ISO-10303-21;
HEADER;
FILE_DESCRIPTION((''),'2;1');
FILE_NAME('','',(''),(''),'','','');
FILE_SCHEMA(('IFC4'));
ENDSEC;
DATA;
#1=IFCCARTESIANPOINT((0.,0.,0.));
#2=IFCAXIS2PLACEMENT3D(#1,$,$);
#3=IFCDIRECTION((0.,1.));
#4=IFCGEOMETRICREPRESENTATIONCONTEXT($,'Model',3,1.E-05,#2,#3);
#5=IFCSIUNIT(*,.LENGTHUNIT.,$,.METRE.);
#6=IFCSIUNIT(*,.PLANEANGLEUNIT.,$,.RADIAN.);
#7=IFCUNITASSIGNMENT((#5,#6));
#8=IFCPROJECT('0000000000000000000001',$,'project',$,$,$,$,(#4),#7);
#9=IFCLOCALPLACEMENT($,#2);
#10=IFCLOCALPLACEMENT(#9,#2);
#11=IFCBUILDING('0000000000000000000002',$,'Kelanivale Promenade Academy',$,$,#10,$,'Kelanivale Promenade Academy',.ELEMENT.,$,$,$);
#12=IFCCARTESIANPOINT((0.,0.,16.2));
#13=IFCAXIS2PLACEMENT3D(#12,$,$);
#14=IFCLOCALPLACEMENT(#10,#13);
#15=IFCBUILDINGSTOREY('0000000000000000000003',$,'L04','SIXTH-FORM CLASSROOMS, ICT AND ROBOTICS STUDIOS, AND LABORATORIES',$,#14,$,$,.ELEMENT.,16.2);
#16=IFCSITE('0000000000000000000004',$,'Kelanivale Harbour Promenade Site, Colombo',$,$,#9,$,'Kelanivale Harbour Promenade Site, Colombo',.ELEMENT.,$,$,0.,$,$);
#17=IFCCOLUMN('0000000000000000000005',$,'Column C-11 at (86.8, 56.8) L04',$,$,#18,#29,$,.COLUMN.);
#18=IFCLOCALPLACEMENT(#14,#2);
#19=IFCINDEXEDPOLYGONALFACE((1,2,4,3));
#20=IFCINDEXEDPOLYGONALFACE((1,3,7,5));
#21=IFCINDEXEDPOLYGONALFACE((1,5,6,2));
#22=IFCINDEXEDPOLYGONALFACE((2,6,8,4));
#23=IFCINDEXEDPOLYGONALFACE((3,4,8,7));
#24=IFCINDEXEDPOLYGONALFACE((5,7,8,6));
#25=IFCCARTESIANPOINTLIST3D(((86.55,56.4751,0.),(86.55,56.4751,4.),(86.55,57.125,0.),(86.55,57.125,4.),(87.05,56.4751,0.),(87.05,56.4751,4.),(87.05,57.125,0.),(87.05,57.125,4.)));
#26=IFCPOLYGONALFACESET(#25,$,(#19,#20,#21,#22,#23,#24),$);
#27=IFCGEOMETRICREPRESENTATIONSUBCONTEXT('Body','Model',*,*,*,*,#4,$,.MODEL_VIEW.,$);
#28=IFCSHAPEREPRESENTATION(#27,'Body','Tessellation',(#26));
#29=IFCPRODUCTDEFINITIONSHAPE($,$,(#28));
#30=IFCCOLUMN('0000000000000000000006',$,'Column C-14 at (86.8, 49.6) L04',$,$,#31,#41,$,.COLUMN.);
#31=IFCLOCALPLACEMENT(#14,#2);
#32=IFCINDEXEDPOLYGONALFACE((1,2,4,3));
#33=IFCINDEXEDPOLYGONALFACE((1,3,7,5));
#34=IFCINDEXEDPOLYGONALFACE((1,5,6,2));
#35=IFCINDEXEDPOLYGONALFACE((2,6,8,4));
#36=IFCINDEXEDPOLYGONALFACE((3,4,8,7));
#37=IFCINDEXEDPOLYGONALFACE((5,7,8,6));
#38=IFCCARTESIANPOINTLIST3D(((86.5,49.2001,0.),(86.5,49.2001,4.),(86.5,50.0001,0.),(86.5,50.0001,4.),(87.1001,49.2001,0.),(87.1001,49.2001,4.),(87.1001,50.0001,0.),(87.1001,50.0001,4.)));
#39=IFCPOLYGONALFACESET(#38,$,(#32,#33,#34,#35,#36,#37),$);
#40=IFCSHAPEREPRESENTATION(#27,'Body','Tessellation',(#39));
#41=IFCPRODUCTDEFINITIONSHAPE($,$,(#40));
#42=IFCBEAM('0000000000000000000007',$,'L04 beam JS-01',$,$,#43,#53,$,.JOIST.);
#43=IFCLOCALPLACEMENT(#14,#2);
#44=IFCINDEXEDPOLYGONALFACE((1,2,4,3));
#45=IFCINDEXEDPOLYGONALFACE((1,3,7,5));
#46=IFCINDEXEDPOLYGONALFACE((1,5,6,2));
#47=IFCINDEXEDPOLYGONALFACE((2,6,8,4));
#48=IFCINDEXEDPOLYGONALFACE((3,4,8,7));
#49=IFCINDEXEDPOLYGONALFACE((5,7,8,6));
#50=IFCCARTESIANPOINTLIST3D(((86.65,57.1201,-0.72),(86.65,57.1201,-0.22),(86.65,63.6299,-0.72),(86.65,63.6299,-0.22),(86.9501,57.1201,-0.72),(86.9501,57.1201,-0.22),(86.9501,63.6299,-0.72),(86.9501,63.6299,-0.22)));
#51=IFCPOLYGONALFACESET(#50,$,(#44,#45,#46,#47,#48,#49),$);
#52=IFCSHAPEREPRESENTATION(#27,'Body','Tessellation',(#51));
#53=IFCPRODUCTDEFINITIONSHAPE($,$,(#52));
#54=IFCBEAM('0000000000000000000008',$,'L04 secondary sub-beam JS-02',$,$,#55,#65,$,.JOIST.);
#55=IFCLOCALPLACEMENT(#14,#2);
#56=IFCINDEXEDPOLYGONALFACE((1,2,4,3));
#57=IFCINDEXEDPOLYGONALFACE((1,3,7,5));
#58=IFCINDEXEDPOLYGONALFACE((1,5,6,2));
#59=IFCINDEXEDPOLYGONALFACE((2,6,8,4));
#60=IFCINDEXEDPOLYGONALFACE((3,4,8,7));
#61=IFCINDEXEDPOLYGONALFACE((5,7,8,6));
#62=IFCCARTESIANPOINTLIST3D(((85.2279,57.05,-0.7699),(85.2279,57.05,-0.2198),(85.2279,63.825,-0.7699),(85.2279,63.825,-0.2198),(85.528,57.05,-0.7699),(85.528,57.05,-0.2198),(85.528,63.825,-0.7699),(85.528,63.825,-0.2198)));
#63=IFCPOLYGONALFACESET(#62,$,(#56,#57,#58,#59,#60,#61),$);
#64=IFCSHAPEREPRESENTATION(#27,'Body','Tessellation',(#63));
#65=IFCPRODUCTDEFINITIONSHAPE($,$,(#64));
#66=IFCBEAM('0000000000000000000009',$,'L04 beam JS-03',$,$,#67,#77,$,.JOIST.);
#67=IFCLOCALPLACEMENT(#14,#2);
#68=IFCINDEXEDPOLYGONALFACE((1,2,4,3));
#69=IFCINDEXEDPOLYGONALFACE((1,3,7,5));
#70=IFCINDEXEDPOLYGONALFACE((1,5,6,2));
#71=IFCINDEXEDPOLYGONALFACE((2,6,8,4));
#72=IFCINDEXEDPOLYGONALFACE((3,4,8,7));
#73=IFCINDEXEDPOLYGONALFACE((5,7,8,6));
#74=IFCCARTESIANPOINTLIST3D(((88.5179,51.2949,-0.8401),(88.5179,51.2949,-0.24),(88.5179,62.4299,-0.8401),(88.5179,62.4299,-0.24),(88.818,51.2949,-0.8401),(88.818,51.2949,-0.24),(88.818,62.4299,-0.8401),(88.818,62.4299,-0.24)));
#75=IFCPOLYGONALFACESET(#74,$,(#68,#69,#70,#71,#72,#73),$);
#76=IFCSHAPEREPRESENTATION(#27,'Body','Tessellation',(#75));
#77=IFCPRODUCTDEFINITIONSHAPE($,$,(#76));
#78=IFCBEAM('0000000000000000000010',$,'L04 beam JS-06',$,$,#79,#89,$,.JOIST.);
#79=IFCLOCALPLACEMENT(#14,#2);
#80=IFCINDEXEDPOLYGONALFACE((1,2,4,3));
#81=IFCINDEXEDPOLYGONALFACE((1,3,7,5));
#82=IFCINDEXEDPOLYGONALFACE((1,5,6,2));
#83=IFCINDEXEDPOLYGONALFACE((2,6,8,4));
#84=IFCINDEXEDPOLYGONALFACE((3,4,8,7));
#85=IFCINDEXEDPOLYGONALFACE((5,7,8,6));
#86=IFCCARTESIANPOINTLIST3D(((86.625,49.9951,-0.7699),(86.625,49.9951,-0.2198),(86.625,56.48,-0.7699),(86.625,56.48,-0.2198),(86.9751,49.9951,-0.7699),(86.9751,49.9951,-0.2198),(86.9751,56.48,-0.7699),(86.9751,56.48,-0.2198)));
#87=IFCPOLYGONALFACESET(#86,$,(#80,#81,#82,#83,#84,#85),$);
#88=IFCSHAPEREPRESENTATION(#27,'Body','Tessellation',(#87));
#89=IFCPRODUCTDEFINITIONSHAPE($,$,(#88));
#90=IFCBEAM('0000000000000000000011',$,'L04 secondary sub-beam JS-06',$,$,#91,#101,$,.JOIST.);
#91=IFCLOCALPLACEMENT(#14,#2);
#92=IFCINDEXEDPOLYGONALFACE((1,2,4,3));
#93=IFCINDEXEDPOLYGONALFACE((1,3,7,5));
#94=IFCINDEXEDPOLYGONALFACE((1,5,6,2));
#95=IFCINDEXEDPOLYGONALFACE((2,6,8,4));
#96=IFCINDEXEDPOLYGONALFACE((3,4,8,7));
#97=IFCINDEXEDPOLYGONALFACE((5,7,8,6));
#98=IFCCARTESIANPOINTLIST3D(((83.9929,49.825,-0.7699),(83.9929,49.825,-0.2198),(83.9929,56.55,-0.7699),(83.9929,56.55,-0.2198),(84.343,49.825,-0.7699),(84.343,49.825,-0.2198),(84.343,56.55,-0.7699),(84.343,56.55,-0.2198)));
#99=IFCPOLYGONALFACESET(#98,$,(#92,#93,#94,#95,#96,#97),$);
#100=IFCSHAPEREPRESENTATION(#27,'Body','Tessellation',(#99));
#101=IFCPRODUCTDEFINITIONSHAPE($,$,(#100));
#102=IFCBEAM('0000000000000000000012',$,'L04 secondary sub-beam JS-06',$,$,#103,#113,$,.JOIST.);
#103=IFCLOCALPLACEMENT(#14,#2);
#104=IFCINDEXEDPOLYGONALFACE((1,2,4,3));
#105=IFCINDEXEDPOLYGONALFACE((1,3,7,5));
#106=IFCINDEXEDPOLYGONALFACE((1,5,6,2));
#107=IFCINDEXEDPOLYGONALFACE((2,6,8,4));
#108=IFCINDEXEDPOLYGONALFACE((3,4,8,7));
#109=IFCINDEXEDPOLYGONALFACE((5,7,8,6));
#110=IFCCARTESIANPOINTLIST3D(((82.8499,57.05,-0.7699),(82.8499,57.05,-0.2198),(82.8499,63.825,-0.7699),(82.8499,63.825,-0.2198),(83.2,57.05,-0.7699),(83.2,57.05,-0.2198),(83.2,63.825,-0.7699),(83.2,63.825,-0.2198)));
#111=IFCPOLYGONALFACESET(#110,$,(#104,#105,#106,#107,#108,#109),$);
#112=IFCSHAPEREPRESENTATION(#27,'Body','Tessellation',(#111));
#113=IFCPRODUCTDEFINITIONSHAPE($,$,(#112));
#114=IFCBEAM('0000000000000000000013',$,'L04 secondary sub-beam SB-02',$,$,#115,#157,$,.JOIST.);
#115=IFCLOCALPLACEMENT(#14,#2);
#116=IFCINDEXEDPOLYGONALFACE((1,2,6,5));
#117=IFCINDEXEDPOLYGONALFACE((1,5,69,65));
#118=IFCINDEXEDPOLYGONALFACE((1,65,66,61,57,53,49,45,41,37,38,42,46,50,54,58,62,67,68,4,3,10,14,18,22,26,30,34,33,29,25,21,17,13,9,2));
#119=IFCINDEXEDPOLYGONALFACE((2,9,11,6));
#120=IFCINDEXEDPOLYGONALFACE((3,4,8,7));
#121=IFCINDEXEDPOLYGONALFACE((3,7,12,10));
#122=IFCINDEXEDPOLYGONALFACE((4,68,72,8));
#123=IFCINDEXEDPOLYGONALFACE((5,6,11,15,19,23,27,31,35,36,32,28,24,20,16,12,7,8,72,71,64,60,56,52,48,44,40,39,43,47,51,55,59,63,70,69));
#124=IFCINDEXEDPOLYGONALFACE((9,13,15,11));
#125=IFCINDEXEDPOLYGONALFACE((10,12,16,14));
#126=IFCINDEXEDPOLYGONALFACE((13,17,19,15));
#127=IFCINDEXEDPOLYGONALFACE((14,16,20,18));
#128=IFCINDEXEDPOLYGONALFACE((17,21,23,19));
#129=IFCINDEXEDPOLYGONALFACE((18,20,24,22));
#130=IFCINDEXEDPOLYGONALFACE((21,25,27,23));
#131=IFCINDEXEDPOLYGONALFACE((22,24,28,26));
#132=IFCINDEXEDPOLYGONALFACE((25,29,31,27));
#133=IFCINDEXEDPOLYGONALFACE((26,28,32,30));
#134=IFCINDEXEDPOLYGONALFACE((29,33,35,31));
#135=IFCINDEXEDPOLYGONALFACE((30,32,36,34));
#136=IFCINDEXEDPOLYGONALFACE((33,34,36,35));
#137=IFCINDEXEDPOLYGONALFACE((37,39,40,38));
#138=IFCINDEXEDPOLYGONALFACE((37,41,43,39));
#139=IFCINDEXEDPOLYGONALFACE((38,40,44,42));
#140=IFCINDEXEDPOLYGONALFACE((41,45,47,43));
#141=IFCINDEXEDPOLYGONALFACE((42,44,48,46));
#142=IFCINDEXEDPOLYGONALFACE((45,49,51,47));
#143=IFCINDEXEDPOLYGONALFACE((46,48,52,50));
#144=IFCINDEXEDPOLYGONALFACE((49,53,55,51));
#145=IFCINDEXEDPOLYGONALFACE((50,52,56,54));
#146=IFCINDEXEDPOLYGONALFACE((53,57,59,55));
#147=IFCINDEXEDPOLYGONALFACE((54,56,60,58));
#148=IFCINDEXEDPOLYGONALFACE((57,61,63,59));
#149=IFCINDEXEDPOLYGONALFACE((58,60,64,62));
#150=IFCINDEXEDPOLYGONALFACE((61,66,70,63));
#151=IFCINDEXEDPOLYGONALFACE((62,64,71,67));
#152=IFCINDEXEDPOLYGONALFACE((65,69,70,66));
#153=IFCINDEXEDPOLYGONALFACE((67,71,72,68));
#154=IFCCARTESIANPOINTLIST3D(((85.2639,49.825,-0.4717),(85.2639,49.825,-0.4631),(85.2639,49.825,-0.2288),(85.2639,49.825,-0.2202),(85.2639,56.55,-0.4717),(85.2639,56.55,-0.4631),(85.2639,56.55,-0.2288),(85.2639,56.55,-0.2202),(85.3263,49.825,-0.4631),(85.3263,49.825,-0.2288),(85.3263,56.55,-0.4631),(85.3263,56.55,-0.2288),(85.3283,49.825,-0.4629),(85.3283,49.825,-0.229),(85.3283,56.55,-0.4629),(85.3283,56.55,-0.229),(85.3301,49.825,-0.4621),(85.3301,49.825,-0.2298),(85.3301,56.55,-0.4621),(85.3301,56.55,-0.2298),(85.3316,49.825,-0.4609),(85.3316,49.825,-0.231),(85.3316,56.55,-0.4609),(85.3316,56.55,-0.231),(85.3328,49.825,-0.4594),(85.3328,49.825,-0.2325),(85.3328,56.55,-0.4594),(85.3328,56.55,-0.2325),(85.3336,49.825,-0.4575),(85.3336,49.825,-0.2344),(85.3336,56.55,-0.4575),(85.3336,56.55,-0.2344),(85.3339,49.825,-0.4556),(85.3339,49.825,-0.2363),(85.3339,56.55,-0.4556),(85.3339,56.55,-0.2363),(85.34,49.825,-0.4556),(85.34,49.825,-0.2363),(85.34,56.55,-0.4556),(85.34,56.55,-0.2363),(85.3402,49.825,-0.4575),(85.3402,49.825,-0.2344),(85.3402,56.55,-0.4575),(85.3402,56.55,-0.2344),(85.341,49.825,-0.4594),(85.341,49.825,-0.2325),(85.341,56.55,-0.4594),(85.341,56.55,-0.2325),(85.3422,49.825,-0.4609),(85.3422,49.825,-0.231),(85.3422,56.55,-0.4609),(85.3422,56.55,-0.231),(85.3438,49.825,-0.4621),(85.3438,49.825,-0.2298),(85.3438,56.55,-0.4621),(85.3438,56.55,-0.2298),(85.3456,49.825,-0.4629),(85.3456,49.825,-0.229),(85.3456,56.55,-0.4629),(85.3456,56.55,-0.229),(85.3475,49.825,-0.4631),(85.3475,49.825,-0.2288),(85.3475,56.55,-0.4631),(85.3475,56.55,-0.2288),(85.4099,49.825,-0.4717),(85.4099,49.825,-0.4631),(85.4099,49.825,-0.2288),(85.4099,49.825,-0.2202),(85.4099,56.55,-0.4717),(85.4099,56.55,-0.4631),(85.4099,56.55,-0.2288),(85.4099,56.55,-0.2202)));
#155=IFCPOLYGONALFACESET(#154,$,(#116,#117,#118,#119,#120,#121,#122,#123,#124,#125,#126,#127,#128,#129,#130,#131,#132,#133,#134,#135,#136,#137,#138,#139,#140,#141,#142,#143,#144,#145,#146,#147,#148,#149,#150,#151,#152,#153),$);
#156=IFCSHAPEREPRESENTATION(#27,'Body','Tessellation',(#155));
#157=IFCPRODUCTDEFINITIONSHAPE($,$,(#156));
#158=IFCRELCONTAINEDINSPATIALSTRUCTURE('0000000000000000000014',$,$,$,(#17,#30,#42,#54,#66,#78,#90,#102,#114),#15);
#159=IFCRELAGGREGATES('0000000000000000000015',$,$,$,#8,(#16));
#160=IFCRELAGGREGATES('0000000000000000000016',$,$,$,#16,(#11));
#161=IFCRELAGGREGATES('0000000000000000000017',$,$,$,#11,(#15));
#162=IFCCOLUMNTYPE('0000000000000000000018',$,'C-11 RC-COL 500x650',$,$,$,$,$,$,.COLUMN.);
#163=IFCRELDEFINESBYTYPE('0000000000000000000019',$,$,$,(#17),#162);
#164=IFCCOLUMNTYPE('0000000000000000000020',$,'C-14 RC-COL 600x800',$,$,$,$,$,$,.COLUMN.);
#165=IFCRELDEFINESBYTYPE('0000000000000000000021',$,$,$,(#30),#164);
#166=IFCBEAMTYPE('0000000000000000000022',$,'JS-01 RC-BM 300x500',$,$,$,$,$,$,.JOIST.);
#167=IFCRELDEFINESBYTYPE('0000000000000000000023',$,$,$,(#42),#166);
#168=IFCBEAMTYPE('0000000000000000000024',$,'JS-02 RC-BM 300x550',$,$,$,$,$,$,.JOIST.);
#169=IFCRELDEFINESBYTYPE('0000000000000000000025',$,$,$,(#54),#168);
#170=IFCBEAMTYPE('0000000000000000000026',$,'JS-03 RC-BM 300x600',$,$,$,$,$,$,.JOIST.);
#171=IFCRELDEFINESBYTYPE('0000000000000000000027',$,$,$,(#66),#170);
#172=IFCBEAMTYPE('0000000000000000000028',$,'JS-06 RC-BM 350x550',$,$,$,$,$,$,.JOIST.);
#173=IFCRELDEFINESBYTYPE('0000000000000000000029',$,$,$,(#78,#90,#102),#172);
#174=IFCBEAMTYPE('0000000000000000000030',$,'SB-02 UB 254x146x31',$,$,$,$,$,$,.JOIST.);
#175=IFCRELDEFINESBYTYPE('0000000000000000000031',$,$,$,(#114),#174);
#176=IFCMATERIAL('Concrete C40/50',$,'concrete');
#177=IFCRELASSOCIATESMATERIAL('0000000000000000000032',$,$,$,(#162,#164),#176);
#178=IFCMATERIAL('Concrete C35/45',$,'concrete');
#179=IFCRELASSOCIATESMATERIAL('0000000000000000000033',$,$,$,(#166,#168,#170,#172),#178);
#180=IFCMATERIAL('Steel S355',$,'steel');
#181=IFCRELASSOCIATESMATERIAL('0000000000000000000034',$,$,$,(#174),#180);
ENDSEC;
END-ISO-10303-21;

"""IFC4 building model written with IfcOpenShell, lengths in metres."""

from ifc_helpers import new_model, si_unit, direction, frame, origin, origin_2d, place, context, subcontext, project, spatial, rectangle, i_section, extrude, material, material_profile, profile_set, type_object, element, save


model = new_model("IFC4")

# Units and contexts
model_context = context("Model", 3, precision=1e-05, world=origin(), true_north=direction((0.0, 1.0)))
body_context = subcontext(model_context, "Body", "Model", "MODEL_VIEW")
ifc_project = project(units=[si_unit("LENGTHUNIT", "METRE"), si_unit("PLANEANGLEUNIT", "RADIAN")], contexts=[model_context])

# Site, building, storey
site_placement = place(None, origin())
site = spatial("IfcSite", under=ifc_project, at=site_placement, Name="Kelanivale Harbour Promenade Site, Colombo", LongName="Kelanivale Harbour Promenade Site, Colombo", CompositionType="ELEMENT", RefElevation=0.0)
building_placement = place(site_placement, origin())
building = spatial("IfcBuilding", under=site, at=building_placement, Name="Kelanivale Promenade Academy", LongName="Kelanivale Promenade Academy", CompositionType="ELEMENT")
storey_placement = place(building_placement, frame((0.0, 0.0, 16.2)))
storey = spatial("IfcBuildingStorey", under=building, at=storey_placement, Name="L04", Description="SIXTH-FORM CLASSROOMS, ICT AND ROBOTICS STUDIOS, AND LABORATORIES", CompositionType="ELEMENT", Elevation=16.2)

# Columns
ifc_material_1 = material(Name="Concrete C40/50", Category="concrete")
ifc_material_profile_1 = material_profile(ifc_material_1, rectangle(XDim=0.5, YDim=0.6499, at=origin_2d()), Name="RC-COL 500x650")
ifc_profile_set_1 = profile_set([ifc_material_profile_1], Name="Concrete C40/50")
column_type_1 = type_object("IfcColumnType", Name="C-11 RC-COL 500x650", PredefinedType="COLUMN", material=ifc_profile_set_1)
column_1_placement = place(storey_placement, frame((86.8, 56.8, 0.0), z_axis=(0.0, 0.0, 1.0), x_axis=(1.0, 0.0, 0.0)))
element("IfcColumn", 1, at=column_1_placement, inside=storey, type_object=column_type_1, Name="Column C-11 at (86.8, 56.8) L04", PredefinedType="COLUMN", context=body_context, shape_type="SweptSolid", body=[
    extrude(rectangle(XDim=0.5, YDim=0.6499, at=origin_2d()), origin(), (0.0, 0.0, 1.0), 4.0),
])
ifc_material_profile_2 = material_profile(ifc_material_1, rectangle(XDim=0.6001, YDim=0.8, at=origin_2d()), Name="RC-COL 600x800")
ifc_profile_set_2 = profile_set([ifc_material_profile_2], Name="Concrete C40/50")
column_type_2 = type_object("IfcColumnType", Name="C-14 RC-COL 600x800", PredefinedType="COLUMN", material=ifc_profile_set_2)
column_2_placement = place(storey_placement, frame((86.8, 49.6001, 0.0), z_axis=(0.0, 0.0, 1.0), x_axis=(1.0, 0.0, 0.0)))
element("IfcColumn", 2, at=column_2_placement, inside=storey, type_object=column_type_2, Name="Column C-14 at (86.8, 49.6) L04", PredefinedType="COLUMN", context=body_context, shape_type="SweptSolid", body=[
    extrude(rectangle(XDim=0.6001, YDim=0.8, at=origin_2d()), origin(), (0.0, 0.0, 1.0), 4.0),
])

# Beams
ifc_material_2 = material(Name="Concrete C35/45", Category="concrete")
ifc_material_profile_3 = material_profile(ifc_material_2, rectangle(XDim=0.3, YDim=0.5, at=origin_2d()), Name="RC-BM 300x500")
ifc_profile_set_3 = profile_set([ifc_material_profile_3], Name="Concrete C35/45")
beam_type_1 = type_object("IfcBeamType", Name="JS-01 RC-BM 300x500", PredefinedType="JOIST", material=ifc_profile_set_3)
beam_1_placement = place(storey_placement, frame((86.8, 57.1201, -0.47), z_axis=(0.0, 1.0, 0.0), x_axis=(-1.0, 0.0, 0.0)))
element("IfcBeam", 3, at=beam_1_placement, inside=storey, type_object=beam_type_1, Name="L04 beam JS-01", PredefinedType="JOIST", context=body_context, shape_type="SweptSolid", body=[
    extrude(rectangle(XDim=0.3, YDim=0.5, at=origin_2d()), origin(), (0.0, 0.0, 1.0), 6.5098),
])
ifc_material_profile_4 = material_profile(ifc_material_2, rectangle(XDim=0.3, YDim=0.55, at=origin_2d()), Name="RC-BM 300x550")
ifc_profile_set_4 = profile_set([ifc_material_profile_4], Name="Concrete C35/45")
beam_type_2 = type_object("IfcBeamType", Name="JS-02 RC-BM 300x550", PredefinedType="JOIST", material=ifc_profile_set_4)
beam_2_placement = place(storey_placement, frame((85.3779, 57.05, -0.4949), z_axis=(0.0, 1.0, 0.0), x_axis=(-1.0, 0.0, 0.0)))
element("IfcBeam", 4, at=beam_2_placement, inside=storey, type_object=beam_type_2, Name="L04 secondary sub-beam JS-02", PredefinedType="JOIST", context=body_context, shape_type="SweptSolid", body=[
    extrude(rectangle(XDim=0.3, YDim=0.55, at=origin_2d()), origin(), (0.0, 0.0, 1.0), 6.7749),
])
ifc_material_profile_5 = material_profile(ifc_material_2, rectangle(XDim=0.3, YDim=0.6001, at=origin_2d()), Name="RC-BM 300x600")
ifc_profile_set_5 = profile_set([ifc_material_profile_5], Name="Concrete C35/45")
beam_type_3 = type_object("IfcBeamType", Name="JS-03 RC-BM 300x600", PredefinedType="JOIST", material=ifc_profile_set_5)
beam_3_placement = place(storey_placement, frame((88.668, 51.2949, -0.54), z_axis=(0.0, 1.0, 0.0), x_axis=(-1.0, 0.0, 0.0)))
element("IfcBeam", 5, at=beam_3_placement, inside=storey, type_object=beam_type_3, Name="L04 beam JS-03", PredefinedType="JOIST", context=body_context, shape_type="SweptSolid", body=[
    extrude(rectangle(XDim=0.3, YDim=0.6001, at=origin_2d()), origin(), (0.0, 0.0, 1.0), 11.135),
])
ifc_material_profile_6 = material_profile(ifc_material_2, rectangle(XDim=0.3501, YDim=0.55, at=origin_2d()), Name="RC-BM 350x550")
ifc_profile_set_6 = profile_set([ifc_material_profile_6], Name="Concrete C35/45")
beam_type_4 = type_object("IfcBeamType", Name="JS-06 RC-BM 350x550", PredefinedType="JOIST", material=ifc_profile_set_6)
beam_4_placement = place(storey_placement, frame((86.8, 49.9951, -0.4949), z_axis=(0.0, 1.0, 0.0), x_axis=(-1.0, 0.0, 0.0)))
element("IfcBeam", 6, at=beam_4_placement, inside=storey, type_object=beam_type_4, Name="L04 beam JS-06", PredefinedType="JOIST", context=body_context, shape_type="SweptSolid", body=[
    extrude(rectangle(XDim=0.3501, YDim=0.55, at=origin_2d()), origin(), (0.0, 0.0, 1.0), 6.4849),
])
beam_5_placement = place(storey_placement, frame((84.168, 49.825, -0.4949), z_axis=(0.0, 1.0, 0.0), x_axis=(-1.0, 0.0, 0.0)))
element("IfcBeam", 7, at=beam_5_placement, inside=storey, type_object=beam_type_4, Name="L04 secondary sub-beam JS-06", PredefinedType="JOIST", context=body_context, shape_type="SweptSolid", body=[
    extrude(rectangle(XDim=0.3501, YDim=0.55, at=origin_2d()), origin(), (0.0, 0.0, 1.0), 6.7251),
])
beam_6_placement = place(storey_placement, frame((83.0249, 57.05, -0.4949), z_axis=(0.0, 1.0, 0.0), x_axis=(-1.0, 0.0, 0.0)))
element("IfcBeam", 8, at=beam_6_placement, inside=storey, type_object=beam_type_4, Name="L04 secondary sub-beam JS-06", PredefinedType="JOIST", context=body_context, shape_type="SweptSolid", body=[
    extrude(rectangle(XDim=0.3501, YDim=0.55, at=origin_2d()), origin(), (0.0, 0.0, 1.0), 6.7749),
])
ifc_material_3 = material(Name="Steel S355", Category="steel")
ifc_material_profile_7 = material_profile(ifc_material_3, i_section(OverallWidth=0.146, OverallDepth=0.2515, WebThickness=0.0061, FlangeThickness=0.0085, FilletRadius=0.0076, at=origin_2d()), Name="UB 254x146x31")
ifc_profile_set_7 = profile_set([ifc_material_profile_7], Name="Steel S355")
beam_type_5 = type_object("IfcBeamType", Name="SB-02 UB 254x146x31", PredefinedType="JOIST", material=ifc_profile_set_7)
beam_7_placement = place(storey_placement, frame((85.3369, 49.825, -0.3459), z_axis=(0.0, 1.0, 0.0), x_axis=(-1.0, 0.0, 0.0)))
element("IfcBeam", 9, at=beam_7_placement, inside=storey, type_object=beam_type_5, Name="L04 secondary sub-beam SB-02", PredefinedType="JOIST", context=body_context, shape_type="SweptSolid", body=[
    extrude(i_section(OverallWidth=0.146, OverallDepth=0.2515, WebThickness=0.0061, FlangeThickness=0.0085, FilletRadius=0.0076, at=origin_2d()), origin(), (0.0, 0.0, 1.0), 6.7251),
])

save(model, "model.ifc")
